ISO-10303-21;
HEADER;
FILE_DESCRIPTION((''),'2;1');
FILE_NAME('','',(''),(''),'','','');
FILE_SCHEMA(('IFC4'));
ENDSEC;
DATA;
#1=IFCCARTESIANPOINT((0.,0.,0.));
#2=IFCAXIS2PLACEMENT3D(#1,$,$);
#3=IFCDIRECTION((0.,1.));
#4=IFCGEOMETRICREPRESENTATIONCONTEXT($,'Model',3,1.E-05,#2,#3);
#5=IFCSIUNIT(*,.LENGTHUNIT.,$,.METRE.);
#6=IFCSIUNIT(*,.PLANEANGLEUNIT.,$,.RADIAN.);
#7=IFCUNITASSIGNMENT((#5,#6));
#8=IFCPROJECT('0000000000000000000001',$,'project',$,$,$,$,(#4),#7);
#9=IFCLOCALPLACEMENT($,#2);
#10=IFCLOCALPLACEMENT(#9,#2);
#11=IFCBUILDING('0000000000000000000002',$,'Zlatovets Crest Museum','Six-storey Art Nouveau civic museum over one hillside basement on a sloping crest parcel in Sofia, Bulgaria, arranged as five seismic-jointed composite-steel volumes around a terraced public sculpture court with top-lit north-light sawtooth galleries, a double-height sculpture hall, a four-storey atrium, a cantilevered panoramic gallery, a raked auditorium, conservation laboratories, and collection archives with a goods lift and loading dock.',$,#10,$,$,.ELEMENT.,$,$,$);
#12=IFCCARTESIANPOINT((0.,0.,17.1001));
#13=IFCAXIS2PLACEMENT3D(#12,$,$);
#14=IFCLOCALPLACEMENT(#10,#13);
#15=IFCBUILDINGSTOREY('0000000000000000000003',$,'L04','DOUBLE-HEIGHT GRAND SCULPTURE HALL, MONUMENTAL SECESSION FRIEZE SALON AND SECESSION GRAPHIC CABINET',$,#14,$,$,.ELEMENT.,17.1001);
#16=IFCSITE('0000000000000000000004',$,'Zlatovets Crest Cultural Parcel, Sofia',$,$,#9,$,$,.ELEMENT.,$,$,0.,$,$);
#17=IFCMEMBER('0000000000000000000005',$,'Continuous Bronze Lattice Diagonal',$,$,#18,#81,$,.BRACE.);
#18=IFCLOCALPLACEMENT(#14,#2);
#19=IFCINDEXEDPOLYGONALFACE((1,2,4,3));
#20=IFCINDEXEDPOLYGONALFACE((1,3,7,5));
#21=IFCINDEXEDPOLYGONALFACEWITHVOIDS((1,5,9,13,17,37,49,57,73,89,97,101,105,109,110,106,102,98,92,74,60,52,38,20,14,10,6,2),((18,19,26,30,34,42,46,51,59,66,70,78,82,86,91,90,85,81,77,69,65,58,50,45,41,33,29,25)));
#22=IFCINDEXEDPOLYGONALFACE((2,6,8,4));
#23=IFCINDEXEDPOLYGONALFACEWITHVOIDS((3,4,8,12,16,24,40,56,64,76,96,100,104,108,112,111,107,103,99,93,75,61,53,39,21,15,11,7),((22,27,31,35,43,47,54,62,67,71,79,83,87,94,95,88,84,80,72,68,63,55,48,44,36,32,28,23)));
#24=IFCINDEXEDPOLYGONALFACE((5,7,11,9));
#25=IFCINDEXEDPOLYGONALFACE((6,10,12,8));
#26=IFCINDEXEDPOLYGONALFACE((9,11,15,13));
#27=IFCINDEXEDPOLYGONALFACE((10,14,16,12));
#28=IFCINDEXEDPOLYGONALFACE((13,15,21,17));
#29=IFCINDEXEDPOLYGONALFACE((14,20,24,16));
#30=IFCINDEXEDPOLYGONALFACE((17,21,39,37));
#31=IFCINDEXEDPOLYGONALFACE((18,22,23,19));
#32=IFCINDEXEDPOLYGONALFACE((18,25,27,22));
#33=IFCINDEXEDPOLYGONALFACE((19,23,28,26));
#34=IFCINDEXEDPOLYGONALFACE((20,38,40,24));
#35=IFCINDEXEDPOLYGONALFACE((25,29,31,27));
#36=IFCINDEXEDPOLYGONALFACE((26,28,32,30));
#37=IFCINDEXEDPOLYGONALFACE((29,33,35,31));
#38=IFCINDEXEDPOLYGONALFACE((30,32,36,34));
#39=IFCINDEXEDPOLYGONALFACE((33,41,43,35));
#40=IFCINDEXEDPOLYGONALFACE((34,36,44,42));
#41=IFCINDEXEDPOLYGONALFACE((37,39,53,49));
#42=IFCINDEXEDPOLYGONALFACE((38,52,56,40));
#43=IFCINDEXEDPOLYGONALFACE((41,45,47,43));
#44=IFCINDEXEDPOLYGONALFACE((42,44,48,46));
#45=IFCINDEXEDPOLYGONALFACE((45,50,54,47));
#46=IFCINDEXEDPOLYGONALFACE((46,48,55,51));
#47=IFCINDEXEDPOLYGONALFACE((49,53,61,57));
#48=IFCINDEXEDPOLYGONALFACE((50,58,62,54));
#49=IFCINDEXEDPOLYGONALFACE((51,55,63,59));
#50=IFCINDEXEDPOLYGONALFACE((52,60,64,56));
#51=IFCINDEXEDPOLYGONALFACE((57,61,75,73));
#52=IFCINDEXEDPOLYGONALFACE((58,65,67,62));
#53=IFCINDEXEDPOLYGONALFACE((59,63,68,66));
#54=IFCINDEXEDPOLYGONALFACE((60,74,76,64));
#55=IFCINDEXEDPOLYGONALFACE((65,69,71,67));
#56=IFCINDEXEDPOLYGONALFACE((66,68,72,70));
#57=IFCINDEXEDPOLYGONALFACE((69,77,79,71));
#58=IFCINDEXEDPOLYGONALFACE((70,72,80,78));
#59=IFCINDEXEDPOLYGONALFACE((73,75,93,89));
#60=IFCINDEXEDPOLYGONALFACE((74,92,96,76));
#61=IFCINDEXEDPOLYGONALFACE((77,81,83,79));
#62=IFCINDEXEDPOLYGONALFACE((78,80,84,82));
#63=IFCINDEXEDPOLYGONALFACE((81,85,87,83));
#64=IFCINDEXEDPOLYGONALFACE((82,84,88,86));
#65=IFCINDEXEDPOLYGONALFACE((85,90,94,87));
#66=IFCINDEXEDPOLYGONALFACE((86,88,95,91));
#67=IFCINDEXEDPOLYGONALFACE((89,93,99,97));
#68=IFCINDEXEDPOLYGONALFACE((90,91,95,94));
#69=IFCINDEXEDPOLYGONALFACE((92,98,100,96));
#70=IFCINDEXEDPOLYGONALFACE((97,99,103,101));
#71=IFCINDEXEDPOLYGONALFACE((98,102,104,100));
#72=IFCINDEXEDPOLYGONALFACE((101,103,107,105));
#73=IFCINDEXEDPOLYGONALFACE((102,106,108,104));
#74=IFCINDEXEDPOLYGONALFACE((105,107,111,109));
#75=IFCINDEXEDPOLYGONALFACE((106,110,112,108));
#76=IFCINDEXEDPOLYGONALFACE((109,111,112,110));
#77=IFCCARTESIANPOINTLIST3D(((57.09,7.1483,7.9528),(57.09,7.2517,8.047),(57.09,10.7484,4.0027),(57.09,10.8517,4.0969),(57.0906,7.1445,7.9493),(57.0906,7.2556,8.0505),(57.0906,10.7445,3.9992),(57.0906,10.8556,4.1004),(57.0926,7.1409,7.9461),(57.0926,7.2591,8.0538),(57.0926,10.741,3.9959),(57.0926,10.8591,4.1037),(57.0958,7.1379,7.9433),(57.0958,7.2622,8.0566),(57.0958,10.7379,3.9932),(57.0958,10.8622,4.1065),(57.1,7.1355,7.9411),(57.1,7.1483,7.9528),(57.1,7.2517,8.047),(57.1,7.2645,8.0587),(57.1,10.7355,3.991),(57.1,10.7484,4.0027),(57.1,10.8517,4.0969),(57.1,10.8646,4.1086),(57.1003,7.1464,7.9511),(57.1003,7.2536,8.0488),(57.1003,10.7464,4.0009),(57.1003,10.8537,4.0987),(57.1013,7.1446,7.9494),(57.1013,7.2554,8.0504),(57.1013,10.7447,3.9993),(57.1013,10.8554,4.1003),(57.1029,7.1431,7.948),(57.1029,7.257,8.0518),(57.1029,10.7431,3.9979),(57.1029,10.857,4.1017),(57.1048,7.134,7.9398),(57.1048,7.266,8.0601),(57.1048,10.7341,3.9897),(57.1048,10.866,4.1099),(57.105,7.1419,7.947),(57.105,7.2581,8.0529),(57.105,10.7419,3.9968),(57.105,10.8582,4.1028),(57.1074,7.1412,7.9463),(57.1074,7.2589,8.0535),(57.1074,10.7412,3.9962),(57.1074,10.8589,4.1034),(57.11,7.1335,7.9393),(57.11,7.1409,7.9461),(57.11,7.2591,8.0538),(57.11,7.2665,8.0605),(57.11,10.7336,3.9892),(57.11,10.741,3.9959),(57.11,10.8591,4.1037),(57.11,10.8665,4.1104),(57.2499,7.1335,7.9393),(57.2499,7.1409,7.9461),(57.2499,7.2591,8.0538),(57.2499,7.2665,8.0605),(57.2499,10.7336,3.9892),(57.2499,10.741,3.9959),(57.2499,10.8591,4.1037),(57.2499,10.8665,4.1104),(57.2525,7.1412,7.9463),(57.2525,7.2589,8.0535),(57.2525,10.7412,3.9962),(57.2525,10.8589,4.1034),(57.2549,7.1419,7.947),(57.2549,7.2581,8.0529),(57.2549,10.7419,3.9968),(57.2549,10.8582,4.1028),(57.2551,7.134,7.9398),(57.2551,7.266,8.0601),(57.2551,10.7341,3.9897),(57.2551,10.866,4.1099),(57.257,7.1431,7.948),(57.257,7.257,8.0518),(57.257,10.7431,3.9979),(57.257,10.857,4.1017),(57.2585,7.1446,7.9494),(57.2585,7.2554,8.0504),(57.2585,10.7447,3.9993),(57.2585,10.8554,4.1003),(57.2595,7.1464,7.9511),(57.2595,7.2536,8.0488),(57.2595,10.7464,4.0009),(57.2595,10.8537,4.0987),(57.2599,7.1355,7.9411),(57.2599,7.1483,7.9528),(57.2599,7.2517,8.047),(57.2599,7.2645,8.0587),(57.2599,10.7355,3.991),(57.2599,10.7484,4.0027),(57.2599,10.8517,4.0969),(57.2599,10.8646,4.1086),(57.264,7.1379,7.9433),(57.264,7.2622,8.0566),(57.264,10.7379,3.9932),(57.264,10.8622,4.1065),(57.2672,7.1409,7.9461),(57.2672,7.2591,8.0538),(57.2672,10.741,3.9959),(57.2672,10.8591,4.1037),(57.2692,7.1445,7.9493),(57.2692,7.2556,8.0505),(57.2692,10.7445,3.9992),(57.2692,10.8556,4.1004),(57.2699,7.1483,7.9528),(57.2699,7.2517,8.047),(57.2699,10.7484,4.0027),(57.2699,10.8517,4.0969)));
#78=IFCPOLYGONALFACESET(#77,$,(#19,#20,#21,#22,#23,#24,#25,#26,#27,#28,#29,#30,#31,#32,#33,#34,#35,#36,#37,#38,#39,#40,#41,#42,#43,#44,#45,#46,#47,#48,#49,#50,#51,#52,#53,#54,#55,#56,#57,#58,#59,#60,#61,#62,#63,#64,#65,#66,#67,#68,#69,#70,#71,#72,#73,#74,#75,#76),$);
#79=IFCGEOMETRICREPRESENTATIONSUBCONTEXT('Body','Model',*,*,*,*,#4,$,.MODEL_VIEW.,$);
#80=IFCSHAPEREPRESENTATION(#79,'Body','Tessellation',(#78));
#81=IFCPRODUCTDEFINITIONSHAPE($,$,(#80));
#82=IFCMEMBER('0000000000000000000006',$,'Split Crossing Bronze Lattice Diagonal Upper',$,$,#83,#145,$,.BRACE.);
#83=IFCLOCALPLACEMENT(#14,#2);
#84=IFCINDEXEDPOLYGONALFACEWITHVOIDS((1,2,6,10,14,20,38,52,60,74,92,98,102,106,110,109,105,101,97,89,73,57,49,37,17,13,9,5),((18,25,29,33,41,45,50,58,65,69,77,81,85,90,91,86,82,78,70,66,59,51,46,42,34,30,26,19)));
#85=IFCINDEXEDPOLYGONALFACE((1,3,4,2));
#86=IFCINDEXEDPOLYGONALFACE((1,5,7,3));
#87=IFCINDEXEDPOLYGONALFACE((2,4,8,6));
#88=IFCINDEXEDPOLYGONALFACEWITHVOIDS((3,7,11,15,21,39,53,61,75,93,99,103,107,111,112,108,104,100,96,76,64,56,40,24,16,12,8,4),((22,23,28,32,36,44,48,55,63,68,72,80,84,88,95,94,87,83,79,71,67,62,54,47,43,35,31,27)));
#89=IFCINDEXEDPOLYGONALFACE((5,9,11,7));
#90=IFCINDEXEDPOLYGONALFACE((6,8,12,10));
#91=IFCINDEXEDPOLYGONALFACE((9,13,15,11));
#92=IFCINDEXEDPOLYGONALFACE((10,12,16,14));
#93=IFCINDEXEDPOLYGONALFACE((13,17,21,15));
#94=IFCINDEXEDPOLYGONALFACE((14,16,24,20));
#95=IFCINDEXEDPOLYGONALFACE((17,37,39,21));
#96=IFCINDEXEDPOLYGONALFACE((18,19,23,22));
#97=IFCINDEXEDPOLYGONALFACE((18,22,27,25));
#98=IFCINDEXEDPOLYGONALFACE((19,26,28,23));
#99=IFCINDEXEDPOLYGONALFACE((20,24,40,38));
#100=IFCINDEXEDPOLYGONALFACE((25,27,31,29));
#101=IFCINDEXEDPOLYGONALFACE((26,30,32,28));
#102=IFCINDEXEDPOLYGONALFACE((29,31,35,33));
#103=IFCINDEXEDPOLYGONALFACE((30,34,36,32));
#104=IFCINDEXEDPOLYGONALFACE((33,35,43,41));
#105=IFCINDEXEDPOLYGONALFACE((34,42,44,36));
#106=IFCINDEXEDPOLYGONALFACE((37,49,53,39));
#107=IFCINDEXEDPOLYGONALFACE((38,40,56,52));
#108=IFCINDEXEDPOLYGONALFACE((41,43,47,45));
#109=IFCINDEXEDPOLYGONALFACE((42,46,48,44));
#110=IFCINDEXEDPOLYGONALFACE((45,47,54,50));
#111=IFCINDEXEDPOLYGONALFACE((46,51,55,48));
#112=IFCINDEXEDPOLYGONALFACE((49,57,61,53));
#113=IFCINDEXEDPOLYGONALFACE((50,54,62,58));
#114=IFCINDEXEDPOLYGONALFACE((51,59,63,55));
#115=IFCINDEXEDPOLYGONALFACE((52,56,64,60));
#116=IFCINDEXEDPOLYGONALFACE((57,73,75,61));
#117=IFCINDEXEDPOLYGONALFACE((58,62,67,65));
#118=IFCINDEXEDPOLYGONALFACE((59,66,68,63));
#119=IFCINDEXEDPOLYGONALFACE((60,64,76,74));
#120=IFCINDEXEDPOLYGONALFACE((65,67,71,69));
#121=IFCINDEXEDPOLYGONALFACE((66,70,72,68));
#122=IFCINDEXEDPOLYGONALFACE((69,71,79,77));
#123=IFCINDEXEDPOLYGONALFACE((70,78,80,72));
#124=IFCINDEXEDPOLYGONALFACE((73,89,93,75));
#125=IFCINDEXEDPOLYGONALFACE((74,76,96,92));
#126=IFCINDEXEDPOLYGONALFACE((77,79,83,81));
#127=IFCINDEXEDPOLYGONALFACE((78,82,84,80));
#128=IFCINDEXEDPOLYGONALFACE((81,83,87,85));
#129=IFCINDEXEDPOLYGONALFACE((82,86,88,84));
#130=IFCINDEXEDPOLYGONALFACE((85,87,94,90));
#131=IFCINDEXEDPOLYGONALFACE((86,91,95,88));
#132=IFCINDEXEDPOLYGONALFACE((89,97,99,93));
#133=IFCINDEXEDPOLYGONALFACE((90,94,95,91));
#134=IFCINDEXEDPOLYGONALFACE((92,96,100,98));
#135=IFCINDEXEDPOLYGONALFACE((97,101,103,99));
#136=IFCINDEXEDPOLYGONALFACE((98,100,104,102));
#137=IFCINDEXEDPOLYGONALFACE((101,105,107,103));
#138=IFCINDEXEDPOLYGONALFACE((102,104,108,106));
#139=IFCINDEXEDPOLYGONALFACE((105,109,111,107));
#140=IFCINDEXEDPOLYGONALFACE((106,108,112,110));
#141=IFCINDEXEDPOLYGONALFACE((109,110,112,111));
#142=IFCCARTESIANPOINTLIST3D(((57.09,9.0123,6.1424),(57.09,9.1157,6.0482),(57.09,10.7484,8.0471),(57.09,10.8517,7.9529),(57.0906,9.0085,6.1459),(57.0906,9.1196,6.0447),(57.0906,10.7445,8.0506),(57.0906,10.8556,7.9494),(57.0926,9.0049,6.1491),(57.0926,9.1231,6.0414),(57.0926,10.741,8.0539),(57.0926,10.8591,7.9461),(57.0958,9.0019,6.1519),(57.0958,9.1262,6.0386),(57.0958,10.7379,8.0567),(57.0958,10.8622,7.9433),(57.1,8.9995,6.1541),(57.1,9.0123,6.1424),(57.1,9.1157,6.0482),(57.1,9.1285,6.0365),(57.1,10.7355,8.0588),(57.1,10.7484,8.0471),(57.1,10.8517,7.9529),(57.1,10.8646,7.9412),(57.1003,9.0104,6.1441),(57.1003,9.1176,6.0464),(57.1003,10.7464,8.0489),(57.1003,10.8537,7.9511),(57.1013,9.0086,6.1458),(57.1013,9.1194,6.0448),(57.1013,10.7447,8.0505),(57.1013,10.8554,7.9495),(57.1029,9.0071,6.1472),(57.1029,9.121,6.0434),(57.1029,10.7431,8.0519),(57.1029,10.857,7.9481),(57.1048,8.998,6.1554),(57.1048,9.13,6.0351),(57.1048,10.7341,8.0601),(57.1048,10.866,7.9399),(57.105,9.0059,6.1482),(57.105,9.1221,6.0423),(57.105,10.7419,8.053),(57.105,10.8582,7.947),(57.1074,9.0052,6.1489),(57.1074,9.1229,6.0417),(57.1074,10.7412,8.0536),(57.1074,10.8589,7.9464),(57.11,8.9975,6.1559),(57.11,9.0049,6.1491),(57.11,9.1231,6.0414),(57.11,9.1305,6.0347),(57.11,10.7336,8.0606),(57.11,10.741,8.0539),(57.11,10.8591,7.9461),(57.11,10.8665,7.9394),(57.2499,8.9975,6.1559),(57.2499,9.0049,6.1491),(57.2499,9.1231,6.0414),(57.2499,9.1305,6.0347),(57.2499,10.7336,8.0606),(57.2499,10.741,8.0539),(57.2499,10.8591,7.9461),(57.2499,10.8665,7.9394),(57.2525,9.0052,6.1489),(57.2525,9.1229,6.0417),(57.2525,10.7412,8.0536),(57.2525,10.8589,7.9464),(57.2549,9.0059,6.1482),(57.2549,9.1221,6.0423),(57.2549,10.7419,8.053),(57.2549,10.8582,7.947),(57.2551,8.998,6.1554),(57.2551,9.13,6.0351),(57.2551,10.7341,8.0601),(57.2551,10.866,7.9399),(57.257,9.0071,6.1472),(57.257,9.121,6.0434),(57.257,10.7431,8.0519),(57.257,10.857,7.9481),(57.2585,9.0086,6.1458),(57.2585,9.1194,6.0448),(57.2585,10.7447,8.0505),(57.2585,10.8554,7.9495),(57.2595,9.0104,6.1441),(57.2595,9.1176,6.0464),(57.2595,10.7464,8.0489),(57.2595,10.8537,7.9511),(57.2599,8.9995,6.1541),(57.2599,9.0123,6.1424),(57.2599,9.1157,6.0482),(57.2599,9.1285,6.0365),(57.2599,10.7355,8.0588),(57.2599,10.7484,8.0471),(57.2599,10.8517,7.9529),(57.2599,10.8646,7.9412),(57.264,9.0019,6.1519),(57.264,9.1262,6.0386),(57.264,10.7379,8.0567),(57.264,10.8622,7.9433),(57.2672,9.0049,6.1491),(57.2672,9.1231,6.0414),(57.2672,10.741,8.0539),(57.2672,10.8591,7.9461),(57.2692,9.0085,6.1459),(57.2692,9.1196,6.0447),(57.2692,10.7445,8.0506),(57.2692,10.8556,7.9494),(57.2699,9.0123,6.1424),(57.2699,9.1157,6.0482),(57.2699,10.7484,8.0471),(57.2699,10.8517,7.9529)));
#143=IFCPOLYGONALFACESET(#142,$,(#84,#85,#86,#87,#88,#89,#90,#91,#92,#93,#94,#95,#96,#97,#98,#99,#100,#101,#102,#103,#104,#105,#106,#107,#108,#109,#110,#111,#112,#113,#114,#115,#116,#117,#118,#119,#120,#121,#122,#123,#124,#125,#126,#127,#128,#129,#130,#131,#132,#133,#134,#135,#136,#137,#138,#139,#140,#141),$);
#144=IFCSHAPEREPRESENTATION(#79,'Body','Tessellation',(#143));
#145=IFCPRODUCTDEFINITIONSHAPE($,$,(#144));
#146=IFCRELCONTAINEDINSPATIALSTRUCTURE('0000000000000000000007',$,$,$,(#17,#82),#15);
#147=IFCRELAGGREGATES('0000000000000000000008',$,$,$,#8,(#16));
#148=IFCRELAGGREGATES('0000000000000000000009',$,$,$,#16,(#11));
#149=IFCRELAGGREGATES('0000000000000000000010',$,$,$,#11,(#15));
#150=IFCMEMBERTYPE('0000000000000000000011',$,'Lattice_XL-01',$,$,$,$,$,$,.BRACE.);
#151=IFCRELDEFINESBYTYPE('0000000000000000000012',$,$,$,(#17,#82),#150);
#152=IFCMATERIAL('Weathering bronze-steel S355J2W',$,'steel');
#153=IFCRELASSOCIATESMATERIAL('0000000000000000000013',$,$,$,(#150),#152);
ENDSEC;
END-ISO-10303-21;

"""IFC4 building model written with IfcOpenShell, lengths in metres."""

from ifc_helpers import new_model, si_unit, direction, frame, origin, origin_2d, place, context, subcontext, project, spatial, hollow_rectangle, extrude, material, material_profile, profile_set, type_object, element, save


model = new_model("IFC4")

# Units and contexts
model_context = context("Model", 3, precision=1e-05, world=origin(), true_north=direction((0.0, 1.0)))
body_context = subcontext(model_context, "Body", "Model", "MODEL_VIEW")
ifc_project = project(units=[si_unit("LENGTHUNIT", "METRE"), si_unit("PLANEANGLEUNIT", "RADIAN")], contexts=[model_context])

# Site, building, storey
site_placement = place(None, origin())
site = spatial("IfcSite", under=ifc_project, at=site_placement, Name="Zlatovets Crest Cultural Parcel, Sofia", CompositionType="ELEMENT", RefElevation=0.0)
building_placement = place(site_placement, origin())
building = spatial("IfcBuilding", under=site, at=building_placement, Name="Zlatovets Crest Museum", Description="Six-storey Art Nouveau civic museum over one hillside basement on a sloping crest parcel in Sofia, Bulgaria, arranged as five seismic-jointed composite-steel volumes around a terraced public sculpture court with top-lit north-light sawtooth galleries, a double-height sculpture hall, a four-storey atrium, a cantilevered panoramic gallery, a raked auditorium, conservation laboratories, and collection archives with a goods lift and loading dock.", CompositionType="ELEMENT")
storey_placement = place(building_placement, frame((0.0, 0.0, 17.1001)))
storey = spatial("IfcBuildingStorey", under=building, at=storey_placement, Name="L04", Description="DOUBLE-HEIGHT GRAND SCULPTURE HALL, MONUMENTAL SECESSION FRIEZE SALON AND SECESSION GRAPHIC CABINET", CompositionType="ELEMENT", Elevation=17.1001)

# Members
ifc_material_1 = material(Name="Weathering bronze-steel S355J2W", Category="steel")
ifc_material_profile_1 = material_profile(ifc_material_1, hollow_rectangle(XDim=0.1799, YDim=0.1799, WallThickness=0.01, InnerFilletRadius=0.01, OuterFilletRadius=0.02, at=origin_2d()), Name="SHS 180x180x10.0")
ifc_profile_set_1 = profile_set([ifc_material_profile_1], Name="Weathering bronze-steel S355J2W")
member_type_1 = type_object("IfcMemberType", Name="Lattice_XL-01", PredefinedType="BRACE", material=ifc_profile_set_1)
member_1_placement = place(storey_placement, frame((57.1799, 10.8, 4.0498), z_axis=(0.0, -0.673595, 0.7391), x_axis=(1.0, 0.0, 0.0)))
element("IfcMember", 1, at=member_1_placement, inside=storey, type_object=member_type_1, Name="Continuous Bronze Lattice Diagonal", PredefinedType="BRACE", context=body_context, shape_type="SweptSolid", body=[
    extrude(hollow_rectangle(XDim=0.1799, YDim=0.1799, WallThickness=0.01, InnerFilletRadius=0.01, OuterFilletRadius=0.02, at=origin_2d()), origin(), (0.0, 0.0, 1.0), 5.3445),
])
for number, where, z_axis, x_axis, name in (
    (2, (57.1799, 10.8, 8.0), (0.0, -0.67362, -0.739078), (1.0, 0.0, 0.0), "Split Crossing Bronze Lattice Diagonal Upper"),
):
    element("IfcMember", number, at=place(storey_placement, frame(where, z_axis=z_axis, x_axis=x_axis)), inside=storey, type_object=member_type_1, Name=name, PredefinedType="BRACE", context=body_context, shape_type="SweptSolid", body=[
        extrude(hollow_rectangle(XDim=0.1799, YDim=0.1799, WallThickness=0.01, InnerFilletRadius=0.01, OuterFilletRadius=0.02, at=origin_2d()), origin(), (0.0, 0.0, 1.0), 2.5771),
    ])

save(model, "model.ifc")
